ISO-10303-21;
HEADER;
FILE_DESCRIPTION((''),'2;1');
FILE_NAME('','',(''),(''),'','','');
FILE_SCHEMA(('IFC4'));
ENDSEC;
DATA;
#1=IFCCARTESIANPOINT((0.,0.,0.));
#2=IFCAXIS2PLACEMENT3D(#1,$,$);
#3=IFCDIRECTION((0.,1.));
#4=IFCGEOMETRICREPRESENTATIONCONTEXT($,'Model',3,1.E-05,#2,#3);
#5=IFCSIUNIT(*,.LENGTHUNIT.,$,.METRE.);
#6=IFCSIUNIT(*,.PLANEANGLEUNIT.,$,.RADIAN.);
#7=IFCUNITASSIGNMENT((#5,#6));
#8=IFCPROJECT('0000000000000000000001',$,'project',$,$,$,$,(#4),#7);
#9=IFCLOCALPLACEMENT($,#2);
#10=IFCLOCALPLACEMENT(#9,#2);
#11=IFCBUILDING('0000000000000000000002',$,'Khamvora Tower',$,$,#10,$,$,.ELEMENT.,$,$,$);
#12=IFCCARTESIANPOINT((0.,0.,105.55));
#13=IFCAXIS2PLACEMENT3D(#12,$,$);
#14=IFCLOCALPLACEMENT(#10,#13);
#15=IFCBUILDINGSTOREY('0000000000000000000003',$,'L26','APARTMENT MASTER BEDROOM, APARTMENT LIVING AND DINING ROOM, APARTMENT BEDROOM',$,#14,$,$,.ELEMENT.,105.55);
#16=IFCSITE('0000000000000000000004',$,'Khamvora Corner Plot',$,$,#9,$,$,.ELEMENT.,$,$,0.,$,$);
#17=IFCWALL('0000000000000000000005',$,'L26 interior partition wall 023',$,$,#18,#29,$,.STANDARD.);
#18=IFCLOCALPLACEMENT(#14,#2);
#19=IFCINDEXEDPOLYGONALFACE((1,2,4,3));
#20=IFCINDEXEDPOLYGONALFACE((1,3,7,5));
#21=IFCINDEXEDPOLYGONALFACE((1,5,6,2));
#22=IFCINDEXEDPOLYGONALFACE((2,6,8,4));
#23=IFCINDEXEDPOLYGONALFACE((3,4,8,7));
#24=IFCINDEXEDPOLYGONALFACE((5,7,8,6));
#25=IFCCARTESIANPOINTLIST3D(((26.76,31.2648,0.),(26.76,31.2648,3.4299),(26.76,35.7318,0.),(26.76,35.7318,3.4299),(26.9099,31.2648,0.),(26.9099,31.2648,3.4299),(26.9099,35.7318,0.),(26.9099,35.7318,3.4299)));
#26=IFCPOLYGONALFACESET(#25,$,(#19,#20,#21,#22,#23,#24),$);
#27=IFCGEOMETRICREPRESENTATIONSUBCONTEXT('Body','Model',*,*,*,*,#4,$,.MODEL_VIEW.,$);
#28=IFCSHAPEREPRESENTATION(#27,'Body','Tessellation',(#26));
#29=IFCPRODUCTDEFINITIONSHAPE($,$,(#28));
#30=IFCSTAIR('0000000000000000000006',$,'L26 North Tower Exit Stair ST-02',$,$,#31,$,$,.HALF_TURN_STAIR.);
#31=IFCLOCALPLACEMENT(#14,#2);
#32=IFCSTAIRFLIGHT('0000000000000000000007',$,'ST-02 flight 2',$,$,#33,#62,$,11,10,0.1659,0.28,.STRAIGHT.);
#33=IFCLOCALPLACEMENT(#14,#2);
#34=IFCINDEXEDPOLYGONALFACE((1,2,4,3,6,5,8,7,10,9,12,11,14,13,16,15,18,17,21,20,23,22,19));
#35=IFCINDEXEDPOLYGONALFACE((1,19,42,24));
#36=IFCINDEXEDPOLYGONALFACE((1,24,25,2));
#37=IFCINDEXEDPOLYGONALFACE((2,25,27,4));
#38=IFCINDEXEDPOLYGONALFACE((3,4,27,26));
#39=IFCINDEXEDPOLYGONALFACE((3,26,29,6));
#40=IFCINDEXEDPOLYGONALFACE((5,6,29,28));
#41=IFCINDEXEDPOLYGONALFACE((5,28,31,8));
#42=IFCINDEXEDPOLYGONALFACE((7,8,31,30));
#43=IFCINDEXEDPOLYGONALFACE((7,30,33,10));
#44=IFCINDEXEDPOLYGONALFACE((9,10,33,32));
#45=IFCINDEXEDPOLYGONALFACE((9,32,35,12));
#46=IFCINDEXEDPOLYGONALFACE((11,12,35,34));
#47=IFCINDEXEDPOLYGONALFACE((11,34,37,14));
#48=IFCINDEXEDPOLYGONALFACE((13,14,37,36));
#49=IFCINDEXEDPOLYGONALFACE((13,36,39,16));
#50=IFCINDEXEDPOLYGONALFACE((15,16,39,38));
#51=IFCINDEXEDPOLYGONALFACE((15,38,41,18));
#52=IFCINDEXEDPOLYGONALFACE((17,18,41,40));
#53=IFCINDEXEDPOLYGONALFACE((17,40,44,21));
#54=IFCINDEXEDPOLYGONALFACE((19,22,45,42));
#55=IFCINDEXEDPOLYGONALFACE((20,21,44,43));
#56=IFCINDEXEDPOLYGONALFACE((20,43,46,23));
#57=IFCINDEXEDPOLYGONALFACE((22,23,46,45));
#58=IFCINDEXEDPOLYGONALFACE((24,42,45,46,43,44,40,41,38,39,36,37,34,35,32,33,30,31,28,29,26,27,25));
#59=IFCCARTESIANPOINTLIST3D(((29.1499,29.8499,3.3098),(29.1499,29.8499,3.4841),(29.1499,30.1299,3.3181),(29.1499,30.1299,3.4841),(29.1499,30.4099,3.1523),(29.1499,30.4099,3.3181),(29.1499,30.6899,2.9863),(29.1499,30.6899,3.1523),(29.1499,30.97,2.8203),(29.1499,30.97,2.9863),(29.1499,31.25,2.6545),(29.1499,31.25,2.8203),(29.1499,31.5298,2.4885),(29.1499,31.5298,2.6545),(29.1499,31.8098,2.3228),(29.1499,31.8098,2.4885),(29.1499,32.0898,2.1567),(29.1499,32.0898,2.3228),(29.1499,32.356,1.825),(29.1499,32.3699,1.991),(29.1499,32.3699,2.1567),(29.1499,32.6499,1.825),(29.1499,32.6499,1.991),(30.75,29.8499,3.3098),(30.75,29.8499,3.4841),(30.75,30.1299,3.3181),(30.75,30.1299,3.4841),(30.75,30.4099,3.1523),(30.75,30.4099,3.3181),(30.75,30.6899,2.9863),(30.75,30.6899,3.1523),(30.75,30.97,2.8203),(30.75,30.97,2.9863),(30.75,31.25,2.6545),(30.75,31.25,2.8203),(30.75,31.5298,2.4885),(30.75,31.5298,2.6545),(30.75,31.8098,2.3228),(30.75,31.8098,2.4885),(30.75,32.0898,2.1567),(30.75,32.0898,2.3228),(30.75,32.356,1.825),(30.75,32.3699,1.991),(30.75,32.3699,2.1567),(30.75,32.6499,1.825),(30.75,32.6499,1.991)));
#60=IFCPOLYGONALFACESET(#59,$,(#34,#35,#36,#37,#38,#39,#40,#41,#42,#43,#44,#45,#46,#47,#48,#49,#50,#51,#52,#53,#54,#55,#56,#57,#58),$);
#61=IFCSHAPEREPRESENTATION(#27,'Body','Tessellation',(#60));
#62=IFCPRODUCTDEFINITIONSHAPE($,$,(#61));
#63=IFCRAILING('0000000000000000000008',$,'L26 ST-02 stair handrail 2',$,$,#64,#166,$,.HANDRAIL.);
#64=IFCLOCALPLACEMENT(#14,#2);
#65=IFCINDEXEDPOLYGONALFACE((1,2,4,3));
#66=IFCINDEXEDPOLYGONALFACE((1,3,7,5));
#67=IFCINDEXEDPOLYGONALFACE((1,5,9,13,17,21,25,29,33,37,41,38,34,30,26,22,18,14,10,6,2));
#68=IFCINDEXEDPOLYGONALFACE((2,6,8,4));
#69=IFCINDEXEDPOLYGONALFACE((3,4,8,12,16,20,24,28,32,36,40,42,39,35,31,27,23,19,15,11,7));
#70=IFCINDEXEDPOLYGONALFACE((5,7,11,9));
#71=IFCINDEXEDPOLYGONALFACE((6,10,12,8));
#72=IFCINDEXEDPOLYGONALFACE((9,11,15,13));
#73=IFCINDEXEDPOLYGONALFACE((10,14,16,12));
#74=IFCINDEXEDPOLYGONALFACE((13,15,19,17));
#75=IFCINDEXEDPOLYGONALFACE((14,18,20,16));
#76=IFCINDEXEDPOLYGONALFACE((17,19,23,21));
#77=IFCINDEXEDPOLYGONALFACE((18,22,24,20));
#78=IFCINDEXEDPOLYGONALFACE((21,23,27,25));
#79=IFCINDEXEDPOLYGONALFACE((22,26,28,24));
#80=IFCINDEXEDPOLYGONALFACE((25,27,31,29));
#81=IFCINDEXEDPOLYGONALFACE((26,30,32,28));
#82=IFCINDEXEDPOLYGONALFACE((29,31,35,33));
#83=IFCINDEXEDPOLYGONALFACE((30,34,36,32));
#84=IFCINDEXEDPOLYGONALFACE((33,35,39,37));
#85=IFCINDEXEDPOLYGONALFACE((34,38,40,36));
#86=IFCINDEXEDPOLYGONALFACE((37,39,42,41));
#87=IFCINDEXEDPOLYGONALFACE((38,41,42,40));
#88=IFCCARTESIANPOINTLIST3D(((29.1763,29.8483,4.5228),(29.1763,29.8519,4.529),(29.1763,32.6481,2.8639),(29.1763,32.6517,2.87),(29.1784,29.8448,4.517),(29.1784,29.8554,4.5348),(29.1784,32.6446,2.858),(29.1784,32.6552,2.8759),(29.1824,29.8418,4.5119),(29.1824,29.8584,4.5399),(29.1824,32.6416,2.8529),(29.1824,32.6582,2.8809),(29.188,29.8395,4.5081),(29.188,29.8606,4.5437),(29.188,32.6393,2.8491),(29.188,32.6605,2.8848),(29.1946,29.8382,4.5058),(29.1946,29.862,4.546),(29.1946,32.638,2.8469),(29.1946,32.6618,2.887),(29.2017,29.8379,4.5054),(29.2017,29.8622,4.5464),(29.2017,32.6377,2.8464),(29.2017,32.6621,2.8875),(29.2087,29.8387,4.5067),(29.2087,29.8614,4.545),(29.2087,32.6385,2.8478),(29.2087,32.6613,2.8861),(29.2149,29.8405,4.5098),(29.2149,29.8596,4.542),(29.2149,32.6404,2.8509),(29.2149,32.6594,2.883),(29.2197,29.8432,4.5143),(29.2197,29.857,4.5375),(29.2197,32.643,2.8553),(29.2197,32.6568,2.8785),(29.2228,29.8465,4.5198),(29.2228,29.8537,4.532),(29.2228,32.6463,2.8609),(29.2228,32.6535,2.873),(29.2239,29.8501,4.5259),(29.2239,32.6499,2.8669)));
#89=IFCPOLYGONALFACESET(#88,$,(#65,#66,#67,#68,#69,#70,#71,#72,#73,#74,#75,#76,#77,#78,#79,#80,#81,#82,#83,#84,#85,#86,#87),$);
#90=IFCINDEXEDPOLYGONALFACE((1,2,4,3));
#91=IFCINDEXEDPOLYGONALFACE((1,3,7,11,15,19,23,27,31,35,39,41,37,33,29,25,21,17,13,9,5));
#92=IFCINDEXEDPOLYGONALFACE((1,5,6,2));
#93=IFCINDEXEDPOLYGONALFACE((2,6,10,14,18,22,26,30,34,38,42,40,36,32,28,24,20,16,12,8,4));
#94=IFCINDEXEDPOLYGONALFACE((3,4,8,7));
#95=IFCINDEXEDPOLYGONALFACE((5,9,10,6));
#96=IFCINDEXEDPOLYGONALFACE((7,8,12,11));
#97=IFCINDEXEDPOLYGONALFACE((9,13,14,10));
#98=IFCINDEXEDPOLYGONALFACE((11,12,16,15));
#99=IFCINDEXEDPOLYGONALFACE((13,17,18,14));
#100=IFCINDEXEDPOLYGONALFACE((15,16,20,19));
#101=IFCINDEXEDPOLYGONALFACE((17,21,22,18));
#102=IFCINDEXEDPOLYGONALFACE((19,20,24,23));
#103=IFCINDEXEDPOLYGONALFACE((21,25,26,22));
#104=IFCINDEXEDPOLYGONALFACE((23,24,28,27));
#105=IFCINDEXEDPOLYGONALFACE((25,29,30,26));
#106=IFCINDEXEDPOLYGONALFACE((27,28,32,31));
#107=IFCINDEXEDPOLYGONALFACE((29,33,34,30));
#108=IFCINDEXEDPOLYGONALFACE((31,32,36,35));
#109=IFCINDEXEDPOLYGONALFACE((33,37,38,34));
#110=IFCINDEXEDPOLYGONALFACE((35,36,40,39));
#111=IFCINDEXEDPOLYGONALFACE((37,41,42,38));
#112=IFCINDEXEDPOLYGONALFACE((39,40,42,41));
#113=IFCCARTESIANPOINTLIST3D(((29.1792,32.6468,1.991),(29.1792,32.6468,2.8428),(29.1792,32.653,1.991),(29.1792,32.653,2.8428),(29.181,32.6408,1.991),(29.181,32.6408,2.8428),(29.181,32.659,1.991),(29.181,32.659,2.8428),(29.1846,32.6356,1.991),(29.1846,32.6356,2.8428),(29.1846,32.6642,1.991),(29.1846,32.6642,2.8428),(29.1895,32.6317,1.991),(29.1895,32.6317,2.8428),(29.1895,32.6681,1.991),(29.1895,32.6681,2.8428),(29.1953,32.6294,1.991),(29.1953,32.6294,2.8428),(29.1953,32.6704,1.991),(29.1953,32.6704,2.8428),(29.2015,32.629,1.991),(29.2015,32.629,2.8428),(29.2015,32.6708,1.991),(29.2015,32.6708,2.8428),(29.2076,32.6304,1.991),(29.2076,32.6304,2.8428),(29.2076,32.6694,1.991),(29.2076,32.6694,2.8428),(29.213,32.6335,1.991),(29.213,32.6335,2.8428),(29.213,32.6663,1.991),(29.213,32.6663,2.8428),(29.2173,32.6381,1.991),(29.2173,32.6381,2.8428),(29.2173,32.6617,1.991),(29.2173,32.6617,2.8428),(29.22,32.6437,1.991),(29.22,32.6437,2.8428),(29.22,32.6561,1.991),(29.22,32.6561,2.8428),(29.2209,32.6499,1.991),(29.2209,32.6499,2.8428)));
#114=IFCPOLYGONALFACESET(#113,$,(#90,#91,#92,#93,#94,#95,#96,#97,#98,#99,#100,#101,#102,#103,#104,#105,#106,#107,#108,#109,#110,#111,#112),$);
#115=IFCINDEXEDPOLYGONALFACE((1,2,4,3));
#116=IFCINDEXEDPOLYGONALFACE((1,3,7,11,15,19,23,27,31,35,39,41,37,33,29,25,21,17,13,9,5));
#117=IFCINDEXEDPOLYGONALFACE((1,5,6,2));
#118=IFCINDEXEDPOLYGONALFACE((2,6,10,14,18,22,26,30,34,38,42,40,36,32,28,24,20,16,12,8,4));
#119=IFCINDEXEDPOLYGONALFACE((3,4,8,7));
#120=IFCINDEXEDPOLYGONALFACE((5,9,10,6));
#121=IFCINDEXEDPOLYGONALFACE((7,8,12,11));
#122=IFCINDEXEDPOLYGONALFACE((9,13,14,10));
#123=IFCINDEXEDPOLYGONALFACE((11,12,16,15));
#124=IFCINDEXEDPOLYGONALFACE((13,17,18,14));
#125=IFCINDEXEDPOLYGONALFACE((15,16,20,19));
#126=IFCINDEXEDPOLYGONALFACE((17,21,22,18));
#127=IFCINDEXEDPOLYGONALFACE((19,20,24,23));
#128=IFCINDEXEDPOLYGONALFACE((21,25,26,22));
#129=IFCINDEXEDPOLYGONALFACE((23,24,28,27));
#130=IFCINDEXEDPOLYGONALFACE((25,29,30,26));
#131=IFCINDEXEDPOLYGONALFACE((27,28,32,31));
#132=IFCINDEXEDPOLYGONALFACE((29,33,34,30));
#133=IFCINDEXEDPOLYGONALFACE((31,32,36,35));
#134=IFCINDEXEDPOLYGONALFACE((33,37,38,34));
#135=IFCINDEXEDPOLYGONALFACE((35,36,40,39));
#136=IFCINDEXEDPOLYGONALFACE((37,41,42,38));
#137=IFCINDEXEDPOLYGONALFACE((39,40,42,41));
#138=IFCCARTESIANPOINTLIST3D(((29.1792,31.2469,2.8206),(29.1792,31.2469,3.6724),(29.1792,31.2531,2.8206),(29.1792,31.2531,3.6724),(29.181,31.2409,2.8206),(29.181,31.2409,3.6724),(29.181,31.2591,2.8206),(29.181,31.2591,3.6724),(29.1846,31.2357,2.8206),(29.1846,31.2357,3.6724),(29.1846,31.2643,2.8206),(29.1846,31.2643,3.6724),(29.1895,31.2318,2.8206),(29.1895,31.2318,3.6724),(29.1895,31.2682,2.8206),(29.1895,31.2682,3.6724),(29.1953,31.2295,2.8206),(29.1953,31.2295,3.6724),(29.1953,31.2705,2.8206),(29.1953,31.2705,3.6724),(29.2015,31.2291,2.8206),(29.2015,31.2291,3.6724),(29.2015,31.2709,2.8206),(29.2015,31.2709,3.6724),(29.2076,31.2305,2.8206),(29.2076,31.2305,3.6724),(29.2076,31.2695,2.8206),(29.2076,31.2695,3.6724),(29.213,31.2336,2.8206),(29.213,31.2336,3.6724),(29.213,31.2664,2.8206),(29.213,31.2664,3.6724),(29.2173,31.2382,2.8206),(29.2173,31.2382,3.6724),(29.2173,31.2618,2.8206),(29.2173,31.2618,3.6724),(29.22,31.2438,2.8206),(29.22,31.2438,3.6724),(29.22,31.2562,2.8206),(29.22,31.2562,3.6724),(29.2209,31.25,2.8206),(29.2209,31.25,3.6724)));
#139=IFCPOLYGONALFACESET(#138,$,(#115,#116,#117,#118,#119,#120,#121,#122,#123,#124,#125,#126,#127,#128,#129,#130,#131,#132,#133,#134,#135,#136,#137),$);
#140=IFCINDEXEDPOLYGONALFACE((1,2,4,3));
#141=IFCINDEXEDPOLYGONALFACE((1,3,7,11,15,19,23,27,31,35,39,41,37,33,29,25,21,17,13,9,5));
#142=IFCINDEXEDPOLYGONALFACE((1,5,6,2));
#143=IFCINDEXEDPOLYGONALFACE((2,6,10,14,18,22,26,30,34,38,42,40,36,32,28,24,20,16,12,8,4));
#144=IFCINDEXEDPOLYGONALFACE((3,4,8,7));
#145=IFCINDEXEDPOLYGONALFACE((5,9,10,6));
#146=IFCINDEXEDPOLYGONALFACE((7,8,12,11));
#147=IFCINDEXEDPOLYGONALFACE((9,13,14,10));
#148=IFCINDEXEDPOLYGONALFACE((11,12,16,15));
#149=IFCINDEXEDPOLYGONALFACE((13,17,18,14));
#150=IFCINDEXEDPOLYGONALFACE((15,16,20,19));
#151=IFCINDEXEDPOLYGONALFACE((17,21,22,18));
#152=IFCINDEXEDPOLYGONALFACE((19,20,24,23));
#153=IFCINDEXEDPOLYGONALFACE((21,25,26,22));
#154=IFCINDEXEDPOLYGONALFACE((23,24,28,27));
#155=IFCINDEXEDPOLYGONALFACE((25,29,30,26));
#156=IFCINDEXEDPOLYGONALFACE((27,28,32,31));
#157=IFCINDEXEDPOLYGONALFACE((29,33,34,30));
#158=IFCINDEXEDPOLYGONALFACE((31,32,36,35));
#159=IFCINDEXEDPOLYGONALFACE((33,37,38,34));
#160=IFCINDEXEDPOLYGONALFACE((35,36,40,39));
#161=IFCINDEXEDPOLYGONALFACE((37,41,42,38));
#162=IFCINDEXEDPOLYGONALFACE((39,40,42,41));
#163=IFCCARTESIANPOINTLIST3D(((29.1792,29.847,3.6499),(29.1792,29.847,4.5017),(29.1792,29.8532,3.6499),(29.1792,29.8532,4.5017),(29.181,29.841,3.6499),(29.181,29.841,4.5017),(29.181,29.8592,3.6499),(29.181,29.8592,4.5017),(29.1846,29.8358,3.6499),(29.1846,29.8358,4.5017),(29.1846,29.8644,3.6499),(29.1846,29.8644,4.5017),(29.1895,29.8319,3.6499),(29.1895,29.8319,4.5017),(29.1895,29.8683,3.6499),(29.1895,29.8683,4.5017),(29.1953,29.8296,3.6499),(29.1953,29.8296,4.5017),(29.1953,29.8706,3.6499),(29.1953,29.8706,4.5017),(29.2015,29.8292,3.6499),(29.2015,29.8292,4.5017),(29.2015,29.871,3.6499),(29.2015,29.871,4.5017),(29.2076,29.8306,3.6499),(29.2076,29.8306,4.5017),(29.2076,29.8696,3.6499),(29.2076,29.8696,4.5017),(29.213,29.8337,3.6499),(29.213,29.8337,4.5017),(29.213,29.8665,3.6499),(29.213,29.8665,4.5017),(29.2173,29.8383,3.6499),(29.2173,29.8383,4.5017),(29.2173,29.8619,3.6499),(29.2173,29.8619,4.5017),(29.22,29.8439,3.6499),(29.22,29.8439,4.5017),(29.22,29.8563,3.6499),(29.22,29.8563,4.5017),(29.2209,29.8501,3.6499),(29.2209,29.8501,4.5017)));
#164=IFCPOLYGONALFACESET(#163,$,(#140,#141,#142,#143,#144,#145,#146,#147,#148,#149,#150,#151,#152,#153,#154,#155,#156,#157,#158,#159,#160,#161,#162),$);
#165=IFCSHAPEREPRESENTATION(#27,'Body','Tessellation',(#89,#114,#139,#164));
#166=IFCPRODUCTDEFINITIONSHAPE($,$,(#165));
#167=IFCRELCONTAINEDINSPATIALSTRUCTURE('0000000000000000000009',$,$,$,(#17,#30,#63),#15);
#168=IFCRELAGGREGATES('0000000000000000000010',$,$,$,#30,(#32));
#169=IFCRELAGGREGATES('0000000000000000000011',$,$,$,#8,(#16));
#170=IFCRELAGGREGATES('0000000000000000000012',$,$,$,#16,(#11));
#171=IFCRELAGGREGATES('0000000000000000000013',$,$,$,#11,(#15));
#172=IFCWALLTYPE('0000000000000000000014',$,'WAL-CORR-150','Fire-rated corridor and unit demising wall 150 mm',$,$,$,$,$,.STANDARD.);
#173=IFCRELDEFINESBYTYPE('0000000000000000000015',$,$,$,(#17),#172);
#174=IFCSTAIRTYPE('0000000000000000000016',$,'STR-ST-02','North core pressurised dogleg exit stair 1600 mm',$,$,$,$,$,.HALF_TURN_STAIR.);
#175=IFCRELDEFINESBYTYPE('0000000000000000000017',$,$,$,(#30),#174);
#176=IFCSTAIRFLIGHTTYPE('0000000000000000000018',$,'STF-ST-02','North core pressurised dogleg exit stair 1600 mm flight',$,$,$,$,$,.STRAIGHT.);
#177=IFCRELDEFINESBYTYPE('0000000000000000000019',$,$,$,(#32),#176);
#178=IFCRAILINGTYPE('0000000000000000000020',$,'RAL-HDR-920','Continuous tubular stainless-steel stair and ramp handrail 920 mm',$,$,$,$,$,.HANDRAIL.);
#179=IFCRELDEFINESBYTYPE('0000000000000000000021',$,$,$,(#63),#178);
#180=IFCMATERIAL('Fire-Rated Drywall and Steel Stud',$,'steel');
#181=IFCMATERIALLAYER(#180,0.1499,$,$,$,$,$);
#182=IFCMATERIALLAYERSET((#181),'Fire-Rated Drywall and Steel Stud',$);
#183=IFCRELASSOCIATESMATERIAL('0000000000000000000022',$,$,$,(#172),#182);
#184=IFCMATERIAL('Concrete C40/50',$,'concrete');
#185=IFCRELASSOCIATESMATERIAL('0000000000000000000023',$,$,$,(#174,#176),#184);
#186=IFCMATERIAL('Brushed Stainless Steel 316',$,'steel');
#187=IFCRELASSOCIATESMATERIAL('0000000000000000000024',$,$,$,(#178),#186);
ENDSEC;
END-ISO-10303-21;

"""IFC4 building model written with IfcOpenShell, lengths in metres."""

from ifc_helpers import new_model, si_unit, direction, frame, frame_2d, origin, origin_2d, place, context, subcontext, project, spatial, polyline, rectangle, circle, outline, extrude, material, layer, layer_set, type_object, element, aggregate, save


model = new_model("IFC4")

# Units and contexts
model_context = context("Model", 3, precision=1e-05, world=origin(), true_north=direction((0.0, 1.0)))
body_context = subcontext(model_context, "Body", "Model", "MODEL_VIEW")
ifc_project = project(units=[si_unit("LENGTHUNIT", "METRE"), si_unit("PLANEANGLEUNIT", "RADIAN")], contexts=[model_context])

# Site, building, storey
site_placement = place(None, origin())
site = spatial("IfcSite", under=ifc_project, at=site_placement, Name="Khamvora Corner Plot", CompositionType="ELEMENT", RefElevation=0.0)
building_placement = place(site_placement, origin())
building = spatial("IfcBuilding", under=site, at=building_placement, Name="Khamvora Tower", CompositionType="ELEMENT")
storey_placement = place(building_placement, frame((0.0, 0.0, 105.55)))
storey = spatial("IfcBuildingStorey", under=building, at=storey_placement, Name="L26", Description="APARTMENT MASTER BEDROOM, APARTMENT LIVING AND DINING ROOM, APARTMENT BEDROOM", CompositionType="ELEMENT", Elevation=105.55)

# Shared definitions
ifc_material_1 = material(Name="Fire-Rated Drywall and Steel Stud", Category="steel")
ifc_layer_1 = layer(ifc_material_1, 0.1499)
ifc_layer_set_1 = layer_set([ifc_layer_1], Name="Fire-Rated Drywall and Steel Stud")
wall_type_1 = type_object("IfcWallType", Name="WAL-CORR-150", Description="Fire-rated corridor and unit demising wall 150 mm", PredefinedType="STANDARD", material=ifc_layer_set_1)

# Wall
wall_1_placement = place(storey_placement, frame((26.835, 31.2649, 0.0), z_axis=(0.0, 0.0, 1.0), x_axis=(0.0, 1.0, 0.0)))
element("IfcWall", 1, at=wall_1_placement, inside=storey, type_object=wall_type_1, Name="L26 interior partition wall 023", PredefinedType="STANDARD", context=body_context, shape_type="SweptSolid", body=[
    extrude(rectangle(XDim=4.467, YDim=0.1499, at=frame_2d((2.2334, 0.0))), origin(), (0.0, 0.0, 1.0), 3.4299),
])

# Stair, stair flight
ifc_material_2 = material(Name="Concrete C40/50", Category="concrete")
stair_type = type_object("IfcStairType", Name="STR-ST-02", Description="North core pressurised dogleg exit stair 1600 mm", PredefinedType="HALF_TURN_STAIR", material=ifc_material_2)
stair_placement = place(storey_placement, origin())
stair = element("IfcStair", 2, at=stair_placement, inside=storey, type_object=stair_type, Name="L26 North Tower Exit Stair ST-02", PredefinedType="HALF_TURN_STAIR")
stair_flight_type = type_object("IfcStairFlightType", Name="STF-ST-02", Description="North core pressurised dogleg exit stair 1600 mm flight", PredefinedType="STRAIGHT", material=ifc_material_2)
stair_flight_placement = place(storey_placement, frame((29.95, 32.6499, 1.825), z_axis=(0.0, 0.0, 1.0), x_axis=(0.0, -1.0, 0.0)))
stair_flight = element("IfcStairFlight", 3, at=stair_flight_placement, type_object=stair_flight_type, Name="ST-02 flight 2", NumberOfRisers=11, NumberOfTreads=10, PredefinedType="STRAIGHT", RiserHeight=0.1659, TreadLength=0.28, context=body_context, shape_type="SweptSolid", body=[
    extrude(outline(polyline([(0.0, 0.0), (0.0, 0.166), (0.28, 0.166), (0.28, 0.3318), (0.5601, 0.3318), (0.5601, 0.4978), (0.8401, 0.4978), (0.8401, 0.6636), (1.1201, 0.6636), (1.1201, 0.8296), (1.3999, 0.8296), (1.3999, 0.9954), (1.6799, 0.9954), (1.6799, 1.1614), (1.96, 1.1614), (1.96, 1.3274), (2.24, 1.3274), (2.24, 1.4932), (2.52, 1.4932), (2.52, 1.6592), (2.8, 1.6592), (2.8, 1.825), (2.8, 1.4849), (0.2939, 0.0), (0.0, 0.0)])), frame((0.0, 0.8, 0.0), z_axis=(0.0, -1.0, 0.0), x_axis=(1.0, 0.0, 0.0)), (0.0, 0.0, 1.0), 1.6001),
])
aggregate(stair, [stair_flight])

# Railing
ifc_material_3 = material(Name="Brushed Stainless Steel 316", Category="steel")
railing_type_1 = type_object("IfcRailingType", Name="RAL-HDR-920", Description="Continuous tubular stainless-steel stair and ramp handrail 920 mm", PredefinedType="HANDRAIL", material=ifc_material_3)
railing_1_placement = place(storey_placement, frame((29.2, 32.6499, 1.991)))
element("IfcRailing", 4, at=railing_1_placement, inside=storey, type_object=railing_type_1, Name="L26 ST-02 stair handrail 2", PredefinedType="HANDRAIL", context=body_context, shape_type="SweptSolid", body=[
    extrude(circle(Radius=0.0239, at=origin_2d()), frame((0.0, 0.0, 0.876), z_axis=(0.0, -0.86032, 0.509755), x_axis=(1.0, 0.0, 0.0)), (0.0, 0.0, 1.0), 3.2544),
    extrude(circle(Radius=0.021, at=origin_2d()), origin(), (0.0, 0.0, 1.0), 0.8518),
    extrude(circle(Radius=0.021, at=origin_2d()), frame((0.0, -1.3999, 0.8296)), (0.0, 0.0, 1.0), 0.8518),
    extrude(circle(Radius=0.021, at=origin_2d()), frame((0.0, -2.7998, 1.6589)), (0.0, 0.0, 1.0), 0.8518),
])

save(model, "model.ifc")
